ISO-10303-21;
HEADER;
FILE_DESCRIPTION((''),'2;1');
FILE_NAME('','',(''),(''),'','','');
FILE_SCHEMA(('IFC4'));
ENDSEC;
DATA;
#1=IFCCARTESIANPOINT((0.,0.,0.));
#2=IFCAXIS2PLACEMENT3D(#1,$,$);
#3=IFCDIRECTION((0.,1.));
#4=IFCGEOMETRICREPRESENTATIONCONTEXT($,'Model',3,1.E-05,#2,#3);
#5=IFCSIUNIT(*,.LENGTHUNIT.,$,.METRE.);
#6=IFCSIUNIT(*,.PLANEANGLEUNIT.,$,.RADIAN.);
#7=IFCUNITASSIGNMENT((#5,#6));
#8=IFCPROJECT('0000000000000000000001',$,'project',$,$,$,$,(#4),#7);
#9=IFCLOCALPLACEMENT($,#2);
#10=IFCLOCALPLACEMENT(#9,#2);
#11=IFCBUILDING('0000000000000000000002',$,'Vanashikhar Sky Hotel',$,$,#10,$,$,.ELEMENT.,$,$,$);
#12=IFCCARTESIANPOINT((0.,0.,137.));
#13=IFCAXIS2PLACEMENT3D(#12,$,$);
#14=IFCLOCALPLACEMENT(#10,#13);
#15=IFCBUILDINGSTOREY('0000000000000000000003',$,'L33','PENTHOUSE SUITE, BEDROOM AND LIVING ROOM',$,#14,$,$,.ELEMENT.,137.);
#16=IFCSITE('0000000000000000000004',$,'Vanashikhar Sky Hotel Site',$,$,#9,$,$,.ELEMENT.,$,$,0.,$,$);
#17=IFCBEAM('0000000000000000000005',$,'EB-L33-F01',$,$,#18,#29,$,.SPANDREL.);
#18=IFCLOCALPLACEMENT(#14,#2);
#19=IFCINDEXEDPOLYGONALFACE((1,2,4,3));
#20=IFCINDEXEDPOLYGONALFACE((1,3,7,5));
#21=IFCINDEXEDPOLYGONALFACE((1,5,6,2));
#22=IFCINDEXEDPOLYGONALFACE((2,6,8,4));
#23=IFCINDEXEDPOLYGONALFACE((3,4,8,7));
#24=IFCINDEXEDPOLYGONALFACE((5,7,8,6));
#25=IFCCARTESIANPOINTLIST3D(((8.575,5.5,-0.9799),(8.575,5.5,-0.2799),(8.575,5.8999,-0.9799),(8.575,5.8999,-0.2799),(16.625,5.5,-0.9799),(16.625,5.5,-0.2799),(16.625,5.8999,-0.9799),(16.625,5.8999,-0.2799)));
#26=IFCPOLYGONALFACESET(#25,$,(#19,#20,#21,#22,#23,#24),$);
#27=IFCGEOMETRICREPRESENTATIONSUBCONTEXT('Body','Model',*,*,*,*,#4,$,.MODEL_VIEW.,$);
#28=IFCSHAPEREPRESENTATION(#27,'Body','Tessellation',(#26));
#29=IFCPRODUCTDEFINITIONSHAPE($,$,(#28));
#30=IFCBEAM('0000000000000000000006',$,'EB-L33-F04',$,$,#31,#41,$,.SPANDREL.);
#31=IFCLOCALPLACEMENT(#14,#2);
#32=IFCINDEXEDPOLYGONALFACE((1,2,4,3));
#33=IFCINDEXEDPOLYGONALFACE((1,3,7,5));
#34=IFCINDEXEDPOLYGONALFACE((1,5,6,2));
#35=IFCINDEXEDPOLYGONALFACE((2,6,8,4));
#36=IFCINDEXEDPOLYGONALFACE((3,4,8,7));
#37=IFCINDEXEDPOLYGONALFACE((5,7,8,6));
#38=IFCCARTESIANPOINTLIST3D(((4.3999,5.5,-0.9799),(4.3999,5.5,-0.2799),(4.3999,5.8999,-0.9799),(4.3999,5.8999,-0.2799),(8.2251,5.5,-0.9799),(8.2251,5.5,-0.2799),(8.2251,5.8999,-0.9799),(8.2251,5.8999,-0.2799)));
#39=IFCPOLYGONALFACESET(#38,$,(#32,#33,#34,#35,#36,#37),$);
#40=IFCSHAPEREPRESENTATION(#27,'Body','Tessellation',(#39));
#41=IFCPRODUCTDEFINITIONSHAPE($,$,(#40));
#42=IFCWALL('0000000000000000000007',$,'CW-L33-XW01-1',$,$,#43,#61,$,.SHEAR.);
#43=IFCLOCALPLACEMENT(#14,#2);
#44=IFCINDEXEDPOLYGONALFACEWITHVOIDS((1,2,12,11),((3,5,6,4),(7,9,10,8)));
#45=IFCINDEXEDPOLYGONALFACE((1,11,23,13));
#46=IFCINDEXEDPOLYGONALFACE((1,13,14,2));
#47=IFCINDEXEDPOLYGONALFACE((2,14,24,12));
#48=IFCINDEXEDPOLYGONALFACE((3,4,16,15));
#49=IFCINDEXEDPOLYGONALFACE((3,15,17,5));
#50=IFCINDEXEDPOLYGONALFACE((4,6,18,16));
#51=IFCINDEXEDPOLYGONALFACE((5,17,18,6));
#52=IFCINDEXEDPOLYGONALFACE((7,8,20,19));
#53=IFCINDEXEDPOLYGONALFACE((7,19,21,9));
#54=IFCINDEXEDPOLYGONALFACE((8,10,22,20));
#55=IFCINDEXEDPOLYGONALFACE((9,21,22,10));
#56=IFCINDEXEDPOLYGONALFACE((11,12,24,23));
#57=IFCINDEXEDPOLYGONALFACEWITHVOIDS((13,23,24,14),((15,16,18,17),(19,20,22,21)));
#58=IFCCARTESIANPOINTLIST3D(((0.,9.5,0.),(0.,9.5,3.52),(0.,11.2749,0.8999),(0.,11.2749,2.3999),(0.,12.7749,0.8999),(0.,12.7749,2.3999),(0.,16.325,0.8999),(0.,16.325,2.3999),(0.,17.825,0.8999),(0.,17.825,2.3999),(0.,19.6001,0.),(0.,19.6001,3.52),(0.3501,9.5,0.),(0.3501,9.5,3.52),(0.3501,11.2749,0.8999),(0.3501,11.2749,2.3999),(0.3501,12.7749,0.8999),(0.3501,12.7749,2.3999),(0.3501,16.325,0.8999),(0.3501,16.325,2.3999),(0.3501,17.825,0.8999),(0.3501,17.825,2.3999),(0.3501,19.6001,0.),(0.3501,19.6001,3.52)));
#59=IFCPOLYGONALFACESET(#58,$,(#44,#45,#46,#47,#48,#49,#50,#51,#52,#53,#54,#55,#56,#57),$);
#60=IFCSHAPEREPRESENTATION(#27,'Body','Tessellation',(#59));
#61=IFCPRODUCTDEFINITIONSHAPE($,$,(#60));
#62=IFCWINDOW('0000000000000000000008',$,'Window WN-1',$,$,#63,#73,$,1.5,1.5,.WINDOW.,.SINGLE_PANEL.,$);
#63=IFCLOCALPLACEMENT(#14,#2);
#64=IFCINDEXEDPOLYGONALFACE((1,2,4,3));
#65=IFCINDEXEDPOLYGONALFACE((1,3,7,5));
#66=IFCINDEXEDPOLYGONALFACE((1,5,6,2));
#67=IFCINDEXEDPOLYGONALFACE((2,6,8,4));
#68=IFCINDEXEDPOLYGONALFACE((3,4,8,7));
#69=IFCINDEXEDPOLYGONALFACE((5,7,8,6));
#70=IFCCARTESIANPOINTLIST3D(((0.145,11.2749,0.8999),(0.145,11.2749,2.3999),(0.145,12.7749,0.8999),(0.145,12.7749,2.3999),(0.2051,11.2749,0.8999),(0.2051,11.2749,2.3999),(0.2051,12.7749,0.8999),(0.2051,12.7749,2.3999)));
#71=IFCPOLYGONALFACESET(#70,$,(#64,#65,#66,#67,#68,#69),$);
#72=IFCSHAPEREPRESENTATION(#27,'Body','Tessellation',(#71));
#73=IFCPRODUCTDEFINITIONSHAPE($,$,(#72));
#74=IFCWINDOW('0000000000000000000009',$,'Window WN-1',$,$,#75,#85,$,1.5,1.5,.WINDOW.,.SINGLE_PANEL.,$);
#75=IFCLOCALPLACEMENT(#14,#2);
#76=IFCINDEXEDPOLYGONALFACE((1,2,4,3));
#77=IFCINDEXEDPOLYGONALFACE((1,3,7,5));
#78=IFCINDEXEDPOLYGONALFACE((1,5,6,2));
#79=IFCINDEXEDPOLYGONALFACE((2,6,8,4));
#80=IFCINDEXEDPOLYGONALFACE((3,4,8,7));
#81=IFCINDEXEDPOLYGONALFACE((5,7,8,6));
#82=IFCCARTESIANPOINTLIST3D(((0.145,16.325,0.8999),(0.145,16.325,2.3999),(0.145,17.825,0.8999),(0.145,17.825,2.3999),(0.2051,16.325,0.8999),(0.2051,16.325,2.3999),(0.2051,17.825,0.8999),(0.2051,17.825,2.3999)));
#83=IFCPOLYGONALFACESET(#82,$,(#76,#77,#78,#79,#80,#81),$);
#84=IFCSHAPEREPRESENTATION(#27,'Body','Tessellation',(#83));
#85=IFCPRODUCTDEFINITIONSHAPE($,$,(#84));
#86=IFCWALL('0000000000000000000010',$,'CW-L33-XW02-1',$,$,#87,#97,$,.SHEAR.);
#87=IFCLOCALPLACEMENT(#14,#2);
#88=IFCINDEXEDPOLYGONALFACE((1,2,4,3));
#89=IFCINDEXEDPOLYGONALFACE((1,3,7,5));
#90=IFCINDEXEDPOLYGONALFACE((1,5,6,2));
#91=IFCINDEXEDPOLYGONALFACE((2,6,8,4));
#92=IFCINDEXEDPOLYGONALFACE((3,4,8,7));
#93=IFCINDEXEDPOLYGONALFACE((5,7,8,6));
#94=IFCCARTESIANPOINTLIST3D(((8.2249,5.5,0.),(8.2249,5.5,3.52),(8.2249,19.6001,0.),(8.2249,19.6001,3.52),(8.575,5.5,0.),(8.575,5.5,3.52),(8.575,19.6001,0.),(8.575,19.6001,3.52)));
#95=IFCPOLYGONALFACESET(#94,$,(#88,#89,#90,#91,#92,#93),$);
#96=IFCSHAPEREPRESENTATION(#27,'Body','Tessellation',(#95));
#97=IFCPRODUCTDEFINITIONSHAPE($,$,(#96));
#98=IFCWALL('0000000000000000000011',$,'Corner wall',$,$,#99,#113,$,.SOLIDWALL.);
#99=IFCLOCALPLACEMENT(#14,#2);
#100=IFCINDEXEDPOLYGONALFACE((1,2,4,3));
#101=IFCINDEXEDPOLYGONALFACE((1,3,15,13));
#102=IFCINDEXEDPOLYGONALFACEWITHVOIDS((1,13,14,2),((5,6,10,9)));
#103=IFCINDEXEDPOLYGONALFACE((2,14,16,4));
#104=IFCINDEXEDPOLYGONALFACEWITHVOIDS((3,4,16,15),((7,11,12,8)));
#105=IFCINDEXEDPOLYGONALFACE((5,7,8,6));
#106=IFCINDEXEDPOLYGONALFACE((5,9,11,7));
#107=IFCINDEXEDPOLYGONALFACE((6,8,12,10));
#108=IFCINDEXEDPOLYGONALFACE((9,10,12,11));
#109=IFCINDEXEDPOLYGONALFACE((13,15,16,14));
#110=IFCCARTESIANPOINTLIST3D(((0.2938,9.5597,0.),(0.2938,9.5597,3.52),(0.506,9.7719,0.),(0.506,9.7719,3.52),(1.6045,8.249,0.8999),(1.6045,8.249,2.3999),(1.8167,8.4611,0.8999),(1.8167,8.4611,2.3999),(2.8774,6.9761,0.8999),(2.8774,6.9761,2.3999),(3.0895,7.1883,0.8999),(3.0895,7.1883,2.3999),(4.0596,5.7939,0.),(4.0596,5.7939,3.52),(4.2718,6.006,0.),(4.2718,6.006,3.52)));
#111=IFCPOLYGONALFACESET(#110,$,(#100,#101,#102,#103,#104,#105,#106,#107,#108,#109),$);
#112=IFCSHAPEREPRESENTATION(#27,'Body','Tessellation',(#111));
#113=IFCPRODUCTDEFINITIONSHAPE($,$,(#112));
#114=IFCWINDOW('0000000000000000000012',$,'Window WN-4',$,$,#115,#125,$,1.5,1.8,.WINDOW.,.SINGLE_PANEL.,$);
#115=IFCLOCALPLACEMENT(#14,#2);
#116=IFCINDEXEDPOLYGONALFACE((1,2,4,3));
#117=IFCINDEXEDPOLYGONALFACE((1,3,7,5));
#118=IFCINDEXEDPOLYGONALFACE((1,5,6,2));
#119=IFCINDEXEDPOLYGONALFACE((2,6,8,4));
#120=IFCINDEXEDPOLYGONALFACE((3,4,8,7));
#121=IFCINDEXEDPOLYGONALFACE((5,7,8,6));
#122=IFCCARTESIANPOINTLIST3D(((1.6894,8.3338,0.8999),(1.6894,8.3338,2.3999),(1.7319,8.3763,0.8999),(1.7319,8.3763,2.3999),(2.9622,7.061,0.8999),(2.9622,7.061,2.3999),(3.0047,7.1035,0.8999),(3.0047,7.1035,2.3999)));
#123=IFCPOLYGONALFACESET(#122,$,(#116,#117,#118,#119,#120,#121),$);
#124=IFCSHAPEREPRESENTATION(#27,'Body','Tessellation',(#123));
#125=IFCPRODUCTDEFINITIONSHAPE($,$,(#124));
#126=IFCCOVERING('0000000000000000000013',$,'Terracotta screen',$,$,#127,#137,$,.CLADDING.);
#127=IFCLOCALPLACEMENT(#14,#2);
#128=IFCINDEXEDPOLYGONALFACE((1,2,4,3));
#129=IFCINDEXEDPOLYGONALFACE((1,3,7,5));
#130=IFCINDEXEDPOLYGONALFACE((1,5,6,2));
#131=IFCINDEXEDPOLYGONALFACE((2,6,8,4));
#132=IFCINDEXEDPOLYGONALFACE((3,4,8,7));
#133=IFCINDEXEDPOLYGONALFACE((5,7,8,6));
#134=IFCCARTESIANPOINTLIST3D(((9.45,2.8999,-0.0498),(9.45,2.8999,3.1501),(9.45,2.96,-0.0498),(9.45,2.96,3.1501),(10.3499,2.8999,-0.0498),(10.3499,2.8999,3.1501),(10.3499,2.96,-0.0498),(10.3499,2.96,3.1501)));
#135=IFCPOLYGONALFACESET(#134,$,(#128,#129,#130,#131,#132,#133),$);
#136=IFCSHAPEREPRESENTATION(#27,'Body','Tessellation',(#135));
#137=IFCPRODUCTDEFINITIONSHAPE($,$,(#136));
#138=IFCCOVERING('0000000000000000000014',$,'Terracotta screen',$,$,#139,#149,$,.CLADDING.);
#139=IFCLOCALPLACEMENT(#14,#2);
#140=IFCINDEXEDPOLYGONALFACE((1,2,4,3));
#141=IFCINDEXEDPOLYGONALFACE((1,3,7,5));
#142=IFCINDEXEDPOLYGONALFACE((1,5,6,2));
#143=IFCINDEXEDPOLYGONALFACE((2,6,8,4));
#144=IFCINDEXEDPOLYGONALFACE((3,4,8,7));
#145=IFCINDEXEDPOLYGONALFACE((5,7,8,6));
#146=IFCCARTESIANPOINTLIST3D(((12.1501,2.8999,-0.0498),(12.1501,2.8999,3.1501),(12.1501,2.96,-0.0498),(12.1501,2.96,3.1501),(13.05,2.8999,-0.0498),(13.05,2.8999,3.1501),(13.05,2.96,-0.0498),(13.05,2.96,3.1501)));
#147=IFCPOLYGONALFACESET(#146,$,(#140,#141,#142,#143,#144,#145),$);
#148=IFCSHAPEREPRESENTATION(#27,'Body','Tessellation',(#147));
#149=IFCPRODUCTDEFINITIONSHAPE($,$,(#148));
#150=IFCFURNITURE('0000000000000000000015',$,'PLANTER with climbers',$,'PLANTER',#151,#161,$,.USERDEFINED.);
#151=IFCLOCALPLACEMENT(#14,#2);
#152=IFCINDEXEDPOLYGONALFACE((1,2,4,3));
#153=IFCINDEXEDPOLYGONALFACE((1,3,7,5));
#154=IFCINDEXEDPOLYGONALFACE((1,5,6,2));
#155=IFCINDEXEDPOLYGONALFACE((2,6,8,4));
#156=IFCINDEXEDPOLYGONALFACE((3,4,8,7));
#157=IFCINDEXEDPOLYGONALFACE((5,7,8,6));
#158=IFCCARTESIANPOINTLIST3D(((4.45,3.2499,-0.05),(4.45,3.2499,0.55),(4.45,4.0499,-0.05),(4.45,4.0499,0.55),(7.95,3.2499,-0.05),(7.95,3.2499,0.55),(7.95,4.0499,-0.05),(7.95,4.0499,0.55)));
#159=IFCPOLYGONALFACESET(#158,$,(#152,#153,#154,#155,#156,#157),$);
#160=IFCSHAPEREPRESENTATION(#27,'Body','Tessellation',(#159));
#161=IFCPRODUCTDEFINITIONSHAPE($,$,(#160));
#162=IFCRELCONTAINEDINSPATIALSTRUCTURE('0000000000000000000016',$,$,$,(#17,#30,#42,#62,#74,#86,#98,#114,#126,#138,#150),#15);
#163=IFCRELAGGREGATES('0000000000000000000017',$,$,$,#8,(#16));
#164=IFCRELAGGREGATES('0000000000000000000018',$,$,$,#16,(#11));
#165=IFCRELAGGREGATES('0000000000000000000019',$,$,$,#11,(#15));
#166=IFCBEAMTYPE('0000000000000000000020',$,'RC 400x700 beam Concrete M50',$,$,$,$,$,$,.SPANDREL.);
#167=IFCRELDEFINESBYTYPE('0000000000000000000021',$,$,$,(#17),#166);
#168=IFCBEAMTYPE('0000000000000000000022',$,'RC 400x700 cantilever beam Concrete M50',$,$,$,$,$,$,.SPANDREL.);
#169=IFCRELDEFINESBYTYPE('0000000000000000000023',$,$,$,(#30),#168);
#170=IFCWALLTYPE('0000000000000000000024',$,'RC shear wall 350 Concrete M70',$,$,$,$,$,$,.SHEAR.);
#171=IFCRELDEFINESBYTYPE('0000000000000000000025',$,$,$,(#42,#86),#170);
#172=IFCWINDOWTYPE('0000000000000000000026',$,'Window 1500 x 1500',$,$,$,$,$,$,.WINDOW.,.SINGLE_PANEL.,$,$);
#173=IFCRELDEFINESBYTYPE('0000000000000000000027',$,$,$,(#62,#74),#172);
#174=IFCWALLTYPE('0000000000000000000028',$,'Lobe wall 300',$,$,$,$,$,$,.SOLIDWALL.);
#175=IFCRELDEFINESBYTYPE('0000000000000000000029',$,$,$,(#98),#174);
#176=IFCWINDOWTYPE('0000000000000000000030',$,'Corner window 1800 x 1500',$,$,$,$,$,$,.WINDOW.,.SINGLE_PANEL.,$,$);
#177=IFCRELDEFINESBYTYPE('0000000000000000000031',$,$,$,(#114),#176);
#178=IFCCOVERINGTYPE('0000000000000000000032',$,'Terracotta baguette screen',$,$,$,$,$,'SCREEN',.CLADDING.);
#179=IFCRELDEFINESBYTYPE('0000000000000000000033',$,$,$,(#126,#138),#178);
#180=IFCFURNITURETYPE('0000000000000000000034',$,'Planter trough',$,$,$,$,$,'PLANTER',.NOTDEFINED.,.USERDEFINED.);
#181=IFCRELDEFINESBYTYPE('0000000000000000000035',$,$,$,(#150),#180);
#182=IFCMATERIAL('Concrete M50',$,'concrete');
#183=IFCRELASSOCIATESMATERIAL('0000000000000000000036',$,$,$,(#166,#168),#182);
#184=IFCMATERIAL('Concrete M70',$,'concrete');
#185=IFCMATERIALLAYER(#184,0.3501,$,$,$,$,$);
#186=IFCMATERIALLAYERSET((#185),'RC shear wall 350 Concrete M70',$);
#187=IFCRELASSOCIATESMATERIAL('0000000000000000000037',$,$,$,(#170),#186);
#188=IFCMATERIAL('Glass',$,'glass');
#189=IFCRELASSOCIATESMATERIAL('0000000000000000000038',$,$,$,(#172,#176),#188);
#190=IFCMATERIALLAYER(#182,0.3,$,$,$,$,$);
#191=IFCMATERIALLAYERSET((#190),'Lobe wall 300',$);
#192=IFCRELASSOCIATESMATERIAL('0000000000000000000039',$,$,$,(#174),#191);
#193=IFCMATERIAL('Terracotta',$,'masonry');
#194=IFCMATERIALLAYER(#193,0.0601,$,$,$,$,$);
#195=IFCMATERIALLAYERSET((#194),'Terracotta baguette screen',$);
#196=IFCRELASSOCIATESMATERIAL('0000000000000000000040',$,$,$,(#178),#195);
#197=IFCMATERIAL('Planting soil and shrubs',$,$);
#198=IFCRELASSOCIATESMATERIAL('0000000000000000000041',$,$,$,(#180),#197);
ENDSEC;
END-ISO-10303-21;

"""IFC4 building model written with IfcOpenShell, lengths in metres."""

from ifc_helpers import new_model, si_unit, direction, frame, frame_2d, origin, origin_2d, place, context, subcontext, project, spatial, rectangle, extrude, source, transform, mapped, material, layer, layer_set, material_profile, profile_set, type_object, element, fill, save


model = new_model("IFC4")

# Units and contexts
model_context = context("Model", 3, precision=1e-05, world=origin(), true_north=direction((0.0, 1.0)))
body_context = subcontext(model_context, "Body", "Model", "MODEL_VIEW")
ifc_project = project(units=[si_unit("LENGTHUNIT", "METRE"), si_unit("PLANEANGLEUNIT", "RADIAN")], contexts=[model_context])

# Site, building, storey
site_placement = place(None, origin())
site = spatial("IfcSite", under=ifc_project, at=site_placement, Name="Vanashikhar Sky Hotel Site", CompositionType="ELEMENT", RefElevation=0.0)
building_placement = place(site_placement, origin())
building = spatial("IfcBuilding", under=site, at=building_placement, Name="Vanashikhar Sky Hotel", CompositionType="ELEMENT")
storey_placement = place(building_placement, frame((0.0, 0.0, 137.0)))
storey = spatial("IfcBuildingStorey", under=building, at=storey_placement, Name="L33", Description="PENTHOUSE SUITE, BEDROOM AND LIVING ROOM", CompositionType="ELEMENT", Elevation=137.0)

# Beams
ifc_material_1 = material(Name="Concrete M50", Category="concrete")
ifc_material_profile_1 = material_profile(ifc_material_1, rectangle(XDim=0.3999, YDim=0.7, at=origin_2d()))
ifc_profile_set_1 = profile_set([ifc_material_profile_1], Name="RC 400x700 beam Concrete M50")
beam_type_1 = type_object("IfcBeamType", Name="RC 400x700 beam Concrete M50", PredefinedType="SPANDREL", material=ifc_profile_set_1)
shared_shape_1 = source(origin(), body_context, "Body", "SweptSolid", [
    extrude(rectangle(XDim=0.3999, YDim=0.7, at=origin_2d()), origin(), (0.0, 0.0, 1.0), 8.05),
])
beam_1_placement = place(storey_placement, frame((8.575, 5.7, -0.6299), z_axis=(1.0, 0.0, 0.0), x_axis=(0.0, 1.0, 0.0)))
element("IfcBeam", 1, at=beam_1_placement, inside=storey, type_object=beam_type_1, Name="EB-L33-F01", PredefinedType="SPANDREL", context=body_context, shape_type="MappedRepresentation", body=[
    mapped(shared_shape_1, transform((0.0, 0.0, 0.0), scale=1.0)),
])
ifc_material_profile_2 = material_profile(ifc_material_1, rectangle(XDim=0.3999, YDim=0.7, at=origin_2d()))
ifc_profile_set_2 = profile_set([ifc_material_profile_2], Name="RC 400x700 cantilever beam Concrete M50")
beam_type_2 = type_object("IfcBeamType", Name="RC 400x700 cantilever beam Concrete M50", PredefinedType="SPANDREL", material=ifc_profile_set_2)
shared_shape_2 = source(origin(), body_context, "Body", "SweptSolid", [
    extrude(rectangle(XDim=0.3999, YDim=0.7, at=origin_2d()), origin(), (0.0, 0.0, 1.0), 3.8252),
])
beam_2_placement = place(storey_placement, frame((4.3999, 5.7, -0.6299), z_axis=(1.0, 0.0, 0.0), x_axis=(0.0, 1.0, 0.0)))
element("IfcBeam", 2, at=beam_2_placement, inside=storey, type_object=beam_type_2, Name="EB-L33-F04", PredefinedType="SPANDREL", context=body_context, shape_type="MappedRepresentation", body=[
    mapped(shared_shape_2, transform((0.0, 0.0, 0.0), scale=1.0)),
])

# Wall, openings, windows
ifc_material_2 = material(Name="Concrete M70", Category="concrete")
ifc_layer_1 = layer(ifc_material_2, 0.3501)
ifc_layer_set_1 = layer_set([ifc_layer_1], Name="RC shear wall 350 Concrete M70")
wall_type_1 = type_object("IfcWallType", Name="RC shear wall 350 Concrete M70", PredefinedType="SHEAR", material=ifc_layer_set_1)
shared_shape_3 = source(origin(), body_context, "Body", "SweptSolid", [
    extrude(rectangle(XDim=10.1001, YDim=0.3501, at=frame_2d((5.05, 0.0))), origin(), (0.0, 0.0, 1.0), 3.52),
])
wall_1_placement = place(storey_placement, frame((0.175, 9.5, 0.0), z_axis=(0.0, 0.0, 1.0), x_axis=(0.0, 1.0, 0.0)))
wall_1 = element("IfcWall", 3, at=wall_1_placement, inside=storey, type_object=wall_type_1, Name="CW-L33-XW01-1", PredefinedType="SHEAR", context=body_context, shape_type="MappedRepresentation", body=[
    mapped(shared_shape_3, transform((0.0, 0.0, 0.0), scale=1.0)),
])
shared_shape_4 = source(origin(), body_context, "Body", "SweptSolid", [
    extrude(rectangle(XDim=1.5, YDim=1.5, at=frame_2d((0.75, 0.75))), frame((0.0, 0.1851, 0.0), z_axis=(0.0, -1.0, 0.0), x_axis=(1.0, 0.0, 0.0)), (0.0, 0.0, 1.0), 0.3701),
])
opening_1_placement = place(wall_1_placement, frame((1.7749, 0.0, 0.8999)))
opening_1 = element("IfcOpeningElement", 4, at=opening_1_placement, cuts=wall_1, PredefinedType="OPENING", context=body_context, shape_type="MappedRepresentation", body=[
    mapped(shared_shape_4, transform((0.0, 0.0, 0.0), scale=1.0)),
])
opening_2_placement = place(wall_1_placement, frame((6.825, 0.0, 0.8999)))
opening_2 = element("IfcOpeningElement", 5, at=opening_2_placement, cuts=wall_1, PredefinedType="OPENING", context=body_context, shape_type="MappedRepresentation", body=[
    mapped(shared_shape_4, transform((0.0, 0.0, 0.0), scale=1.0)),
])
ifc_material_3 = material(Name="Glass", Category="glass")
window_type_1 = type_object("IfcWindowType", Name="Window 1500 x 1500", PartitioningType="SINGLE_PANEL", PredefinedType="WINDOW", material=ifc_material_3)
shared_shape_5 = source(origin(), body_context, "Body", "SweptSolid", [
    extrude(rectangle(XDim=1.5, YDim=1.5, at=frame_2d((0.75, 0.75))), frame((0.0, 0.03, 0.0), z_axis=(0.0, -1.0, 0.0), x_axis=(1.0, 0.0, 0.0)), (0.0, 0.0, 1.0), 0.0601),
])
window_1_placement = place(opening_1_placement, origin())
window_1 = element("IfcWindow", 6, at=window_1_placement, inside=storey, type_object=window_type_1, Name="Window WN-1", OverallHeight=1.5, OverallWidth=1.5, PartitioningType="SINGLE_PANEL", PredefinedType="WINDOW", context=body_context, shape_type="MappedRepresentation", body=[
    mapped(shared_shape_5, transform((0.0, 0.0, 0.0), scale=1.0)),
])
fill(opening_1, window_1)
window_2_placement = place(opening_2_placement, origin())
window_2 = element("IfcWindow", 7, at=window_2_placement, inside=storey, type_object=window_type_1, Name="Window WN-1", OverallHeight=1.5, OverallWidth=1.5, PartitioningType="SINGLE_PANEL", PredefinedType="WINDOW", context=body_context, shape_type="MappedRepresentation", body=[
    mapped(shared_shape_5, transform((0.0, 0.0, 0.0), scale=1.0)),
])
fill(opening_2, window_2)

# Wall
shared_shape_6 = source(origin(), body_context, "Body", "SweptSolid", [
    extrude(rectangle(XDim=14.1001, YDim=0.3501, at=frame_2d((7.05, 0.0))), origin(), (0.0, 0.0, 1.0), 3.52),
])
wall_2_placement = place(storey_placement, frame((8.3999, 5.5, 0.0), z_axis=(0.0, 0.0, 1.0), x_axis=(0.0, 1.0, 0.0)))
element("IfcWall", 8, at=wall_2_placement, inside=storey, type_object=wall_type_1, Name="CW-L33-XW02-1", PredefinedType="SHEAR", context=body_context, shape_type="MappedRepresentation", body=[
    mapped(shared_shape_6, transform((0.0, 0.0, 0.0), scale=1.0)),
])

# Wall, opening, window
ifc_layer_2 = layer(ifc_material_1, 0.3)
ifc_layer_set_2 = layer_set([ifc_layer_2], Name="Lobe wall 300")
wall_type_2 = type_object("IfcWallType", Name="Lobe wall 300", PredefinedType="SOLIDWALL", material=ifc_layer_set_2)
shared_shape_7 = source(origin(), body_context, "Body", "SweptSolid", [
    extrude(rectangle(XDim=5.3257, YDim=0.3, at=frame_2d((2.6628, 0.0))), origin(), (0.0, 0.0, 1.0), 3.52),
])
wall_3_placement = place(storey_placement, frame((0.3999, 9.6658, 0.0), z_axis=(0.0, 0.0, 1.0), x_axis=(0.707107, -0.707107, 0.0)))
wall_3 = element("IfcWall", 9, at=wall_3_placement, inside=storey, type_object=wall_type_2, Name="Corner wall", PredefinedType="SOLIDWALL", context=body_context, shape_type="MappedRepresentation", body=[
    mapped(shared_shape_7, transform((0.0, 0.0, 0.0), scale=1.0)),
])
shared_shape_8 = source(origin(), body_context, "Body", "SweptSolid", [
    extrude(rectangle(XDim=1.8, YDim=1.5, at=frame_2d((0.8999, 0.75))), frame((0.0, 0.1602, 0.0), z_axis=(0.0, -1.0, 0.0), x_axis=(1.0, 0.0, 0.0)), (0.0, 0.0, 1.0), 0.3201),
])
opening_3_placement = place(wall_3_placement, frame((1.8538, 0.0, 0.8999)))
opening_3 = element("IfcOpeningElement", 10, at=opening_3_placement, cuts=wall_3, PredefinedType="OPENING", context=body_context, shape_type="MappedRepresentation", body=[
    mapped(shared_shape_8, transform((0.0, 0.0, 0.0), scale=1.0)),
])
window_type_2 = type_object("IfcWindowType", Name="Corner window 1800 x 1500", PartitioningType="SINGLE_PANEL", PredefinedType="WINDOW", material=ifc_material_3)
shared_shape_9 = source(origin(), body_context, "Body", "SweptSolid", [
    extrude(rectangle(XDim=1.8, YDim=1.5, at=frame_2d((0.8999, 0.75))), frame((0.0, 0.03, 0.0), z_axis=(0.0, -1.0, 0.0), x_axis=(1.0, 0.0, 0.0)), (0.0, 0.0, 1.0), 0.0601),
])
window_3_placement = place(opening_3_placement, origin())
window_3 = element("IfcWindow", 11, at=window_3_placement, inside=storey, type_object=window_type_2, Name="Window WN-4", OverallHeight=1.5, OverallWidth=1.8, PartitioningType="SINGLE_PANEL", PredefinedType="WINDOW", context=body_context, shape_type="MappedRepresentation", body=[
    mapped(shared_shape_9, transform((0.0, 0.0, 0.0), scale=1.0)),
])
fill(opening_3, window_3)

# Coverings
ifc_material_4 = material(Name="Terracotta", Category="masonry")
ifc_layer_3 = layer(ifc_material_4, 0.0601)
ifc_layer_set_3 = layer_set([ifc_layer_3], Name="Terracotta baguette screen")
covering_type = type_object("IfcCoveringType", Name="Terracotta baguette screen", ElementType="SCREEN", PredefinedType="CLADDING", material=ifc_layer_set_3)
shared_shape_10 = source(origin(), body_context, "Body", "SweptSolid", [
    extrude(rectangle(XDim=0.8999, YDim=0.0601, at=origin_2d()), origin(), (0.0, 0.0, 1.0), 3.2),
])
for number, where, z_axis, x_axis, name in (
    (12, (9.8999, 2.9299, -0.0498), (0.0, 0.0, 1.0), (1.0, 0.0, 0.0), "Terracotta screen"),
    (13, (12.6001, 2.9299, -0.0498), (0.0, 0.0, 1.0), (1.0, 0.0, 0.0), "Terracotta screen"),
):
    element("IfcCovering", number, at=place(storey_placement, frame(where, z_axis=z_axis, x_axis=x_axis)), inside=storey, type_object=covering_type, Name=name, PredefinedType="CLADDING", context=body_context, shape_type="MappedRepresentation", body=[
        mapped(shared_shape_10, transform((0.0, 0.0, 0.0), scale=1.0)),
    ])

# Furniture
ifc_material_5 = material(Name="Planting soil and shrubs")
furniture_type = type_object("IfcFurnitureType", Name="Planter trough", ElementType="PLANTER", AssemblyPlace="NOTDEFINED", PredefinedType="USERDEFINED", material=ifc_material_5)
shared_shape_11 = source(origin(), body_context, "Body", "SweptSolid", [
    extrude(rectangle(XDim=3.5, YDim=0.8, at=origin_2d()), origin(), (0.0, 0.0, 1.0), 0.6001),
])
furniture_placement = place(storey_placement, frame((6.2, 3.6499, -0.05), z_axis=(0.0, 0.0, 1.0), x_axis=(1.0, 0.0, 0.0)))
element("IfcFurniture", 14, at=furniture_placement, inside=storey, type_object=furniture_type, Name="PLANTER with climbers", ObjectType="PLANTER", PredefinedType="USERDEFINED", context=body_context, shape_type="MappedRepresentation", body=[
    mapped(shared_shape_11, transform((0.0, 0.0, 0.0), scale=1.0)),
])

save(model, "model.ifc")
